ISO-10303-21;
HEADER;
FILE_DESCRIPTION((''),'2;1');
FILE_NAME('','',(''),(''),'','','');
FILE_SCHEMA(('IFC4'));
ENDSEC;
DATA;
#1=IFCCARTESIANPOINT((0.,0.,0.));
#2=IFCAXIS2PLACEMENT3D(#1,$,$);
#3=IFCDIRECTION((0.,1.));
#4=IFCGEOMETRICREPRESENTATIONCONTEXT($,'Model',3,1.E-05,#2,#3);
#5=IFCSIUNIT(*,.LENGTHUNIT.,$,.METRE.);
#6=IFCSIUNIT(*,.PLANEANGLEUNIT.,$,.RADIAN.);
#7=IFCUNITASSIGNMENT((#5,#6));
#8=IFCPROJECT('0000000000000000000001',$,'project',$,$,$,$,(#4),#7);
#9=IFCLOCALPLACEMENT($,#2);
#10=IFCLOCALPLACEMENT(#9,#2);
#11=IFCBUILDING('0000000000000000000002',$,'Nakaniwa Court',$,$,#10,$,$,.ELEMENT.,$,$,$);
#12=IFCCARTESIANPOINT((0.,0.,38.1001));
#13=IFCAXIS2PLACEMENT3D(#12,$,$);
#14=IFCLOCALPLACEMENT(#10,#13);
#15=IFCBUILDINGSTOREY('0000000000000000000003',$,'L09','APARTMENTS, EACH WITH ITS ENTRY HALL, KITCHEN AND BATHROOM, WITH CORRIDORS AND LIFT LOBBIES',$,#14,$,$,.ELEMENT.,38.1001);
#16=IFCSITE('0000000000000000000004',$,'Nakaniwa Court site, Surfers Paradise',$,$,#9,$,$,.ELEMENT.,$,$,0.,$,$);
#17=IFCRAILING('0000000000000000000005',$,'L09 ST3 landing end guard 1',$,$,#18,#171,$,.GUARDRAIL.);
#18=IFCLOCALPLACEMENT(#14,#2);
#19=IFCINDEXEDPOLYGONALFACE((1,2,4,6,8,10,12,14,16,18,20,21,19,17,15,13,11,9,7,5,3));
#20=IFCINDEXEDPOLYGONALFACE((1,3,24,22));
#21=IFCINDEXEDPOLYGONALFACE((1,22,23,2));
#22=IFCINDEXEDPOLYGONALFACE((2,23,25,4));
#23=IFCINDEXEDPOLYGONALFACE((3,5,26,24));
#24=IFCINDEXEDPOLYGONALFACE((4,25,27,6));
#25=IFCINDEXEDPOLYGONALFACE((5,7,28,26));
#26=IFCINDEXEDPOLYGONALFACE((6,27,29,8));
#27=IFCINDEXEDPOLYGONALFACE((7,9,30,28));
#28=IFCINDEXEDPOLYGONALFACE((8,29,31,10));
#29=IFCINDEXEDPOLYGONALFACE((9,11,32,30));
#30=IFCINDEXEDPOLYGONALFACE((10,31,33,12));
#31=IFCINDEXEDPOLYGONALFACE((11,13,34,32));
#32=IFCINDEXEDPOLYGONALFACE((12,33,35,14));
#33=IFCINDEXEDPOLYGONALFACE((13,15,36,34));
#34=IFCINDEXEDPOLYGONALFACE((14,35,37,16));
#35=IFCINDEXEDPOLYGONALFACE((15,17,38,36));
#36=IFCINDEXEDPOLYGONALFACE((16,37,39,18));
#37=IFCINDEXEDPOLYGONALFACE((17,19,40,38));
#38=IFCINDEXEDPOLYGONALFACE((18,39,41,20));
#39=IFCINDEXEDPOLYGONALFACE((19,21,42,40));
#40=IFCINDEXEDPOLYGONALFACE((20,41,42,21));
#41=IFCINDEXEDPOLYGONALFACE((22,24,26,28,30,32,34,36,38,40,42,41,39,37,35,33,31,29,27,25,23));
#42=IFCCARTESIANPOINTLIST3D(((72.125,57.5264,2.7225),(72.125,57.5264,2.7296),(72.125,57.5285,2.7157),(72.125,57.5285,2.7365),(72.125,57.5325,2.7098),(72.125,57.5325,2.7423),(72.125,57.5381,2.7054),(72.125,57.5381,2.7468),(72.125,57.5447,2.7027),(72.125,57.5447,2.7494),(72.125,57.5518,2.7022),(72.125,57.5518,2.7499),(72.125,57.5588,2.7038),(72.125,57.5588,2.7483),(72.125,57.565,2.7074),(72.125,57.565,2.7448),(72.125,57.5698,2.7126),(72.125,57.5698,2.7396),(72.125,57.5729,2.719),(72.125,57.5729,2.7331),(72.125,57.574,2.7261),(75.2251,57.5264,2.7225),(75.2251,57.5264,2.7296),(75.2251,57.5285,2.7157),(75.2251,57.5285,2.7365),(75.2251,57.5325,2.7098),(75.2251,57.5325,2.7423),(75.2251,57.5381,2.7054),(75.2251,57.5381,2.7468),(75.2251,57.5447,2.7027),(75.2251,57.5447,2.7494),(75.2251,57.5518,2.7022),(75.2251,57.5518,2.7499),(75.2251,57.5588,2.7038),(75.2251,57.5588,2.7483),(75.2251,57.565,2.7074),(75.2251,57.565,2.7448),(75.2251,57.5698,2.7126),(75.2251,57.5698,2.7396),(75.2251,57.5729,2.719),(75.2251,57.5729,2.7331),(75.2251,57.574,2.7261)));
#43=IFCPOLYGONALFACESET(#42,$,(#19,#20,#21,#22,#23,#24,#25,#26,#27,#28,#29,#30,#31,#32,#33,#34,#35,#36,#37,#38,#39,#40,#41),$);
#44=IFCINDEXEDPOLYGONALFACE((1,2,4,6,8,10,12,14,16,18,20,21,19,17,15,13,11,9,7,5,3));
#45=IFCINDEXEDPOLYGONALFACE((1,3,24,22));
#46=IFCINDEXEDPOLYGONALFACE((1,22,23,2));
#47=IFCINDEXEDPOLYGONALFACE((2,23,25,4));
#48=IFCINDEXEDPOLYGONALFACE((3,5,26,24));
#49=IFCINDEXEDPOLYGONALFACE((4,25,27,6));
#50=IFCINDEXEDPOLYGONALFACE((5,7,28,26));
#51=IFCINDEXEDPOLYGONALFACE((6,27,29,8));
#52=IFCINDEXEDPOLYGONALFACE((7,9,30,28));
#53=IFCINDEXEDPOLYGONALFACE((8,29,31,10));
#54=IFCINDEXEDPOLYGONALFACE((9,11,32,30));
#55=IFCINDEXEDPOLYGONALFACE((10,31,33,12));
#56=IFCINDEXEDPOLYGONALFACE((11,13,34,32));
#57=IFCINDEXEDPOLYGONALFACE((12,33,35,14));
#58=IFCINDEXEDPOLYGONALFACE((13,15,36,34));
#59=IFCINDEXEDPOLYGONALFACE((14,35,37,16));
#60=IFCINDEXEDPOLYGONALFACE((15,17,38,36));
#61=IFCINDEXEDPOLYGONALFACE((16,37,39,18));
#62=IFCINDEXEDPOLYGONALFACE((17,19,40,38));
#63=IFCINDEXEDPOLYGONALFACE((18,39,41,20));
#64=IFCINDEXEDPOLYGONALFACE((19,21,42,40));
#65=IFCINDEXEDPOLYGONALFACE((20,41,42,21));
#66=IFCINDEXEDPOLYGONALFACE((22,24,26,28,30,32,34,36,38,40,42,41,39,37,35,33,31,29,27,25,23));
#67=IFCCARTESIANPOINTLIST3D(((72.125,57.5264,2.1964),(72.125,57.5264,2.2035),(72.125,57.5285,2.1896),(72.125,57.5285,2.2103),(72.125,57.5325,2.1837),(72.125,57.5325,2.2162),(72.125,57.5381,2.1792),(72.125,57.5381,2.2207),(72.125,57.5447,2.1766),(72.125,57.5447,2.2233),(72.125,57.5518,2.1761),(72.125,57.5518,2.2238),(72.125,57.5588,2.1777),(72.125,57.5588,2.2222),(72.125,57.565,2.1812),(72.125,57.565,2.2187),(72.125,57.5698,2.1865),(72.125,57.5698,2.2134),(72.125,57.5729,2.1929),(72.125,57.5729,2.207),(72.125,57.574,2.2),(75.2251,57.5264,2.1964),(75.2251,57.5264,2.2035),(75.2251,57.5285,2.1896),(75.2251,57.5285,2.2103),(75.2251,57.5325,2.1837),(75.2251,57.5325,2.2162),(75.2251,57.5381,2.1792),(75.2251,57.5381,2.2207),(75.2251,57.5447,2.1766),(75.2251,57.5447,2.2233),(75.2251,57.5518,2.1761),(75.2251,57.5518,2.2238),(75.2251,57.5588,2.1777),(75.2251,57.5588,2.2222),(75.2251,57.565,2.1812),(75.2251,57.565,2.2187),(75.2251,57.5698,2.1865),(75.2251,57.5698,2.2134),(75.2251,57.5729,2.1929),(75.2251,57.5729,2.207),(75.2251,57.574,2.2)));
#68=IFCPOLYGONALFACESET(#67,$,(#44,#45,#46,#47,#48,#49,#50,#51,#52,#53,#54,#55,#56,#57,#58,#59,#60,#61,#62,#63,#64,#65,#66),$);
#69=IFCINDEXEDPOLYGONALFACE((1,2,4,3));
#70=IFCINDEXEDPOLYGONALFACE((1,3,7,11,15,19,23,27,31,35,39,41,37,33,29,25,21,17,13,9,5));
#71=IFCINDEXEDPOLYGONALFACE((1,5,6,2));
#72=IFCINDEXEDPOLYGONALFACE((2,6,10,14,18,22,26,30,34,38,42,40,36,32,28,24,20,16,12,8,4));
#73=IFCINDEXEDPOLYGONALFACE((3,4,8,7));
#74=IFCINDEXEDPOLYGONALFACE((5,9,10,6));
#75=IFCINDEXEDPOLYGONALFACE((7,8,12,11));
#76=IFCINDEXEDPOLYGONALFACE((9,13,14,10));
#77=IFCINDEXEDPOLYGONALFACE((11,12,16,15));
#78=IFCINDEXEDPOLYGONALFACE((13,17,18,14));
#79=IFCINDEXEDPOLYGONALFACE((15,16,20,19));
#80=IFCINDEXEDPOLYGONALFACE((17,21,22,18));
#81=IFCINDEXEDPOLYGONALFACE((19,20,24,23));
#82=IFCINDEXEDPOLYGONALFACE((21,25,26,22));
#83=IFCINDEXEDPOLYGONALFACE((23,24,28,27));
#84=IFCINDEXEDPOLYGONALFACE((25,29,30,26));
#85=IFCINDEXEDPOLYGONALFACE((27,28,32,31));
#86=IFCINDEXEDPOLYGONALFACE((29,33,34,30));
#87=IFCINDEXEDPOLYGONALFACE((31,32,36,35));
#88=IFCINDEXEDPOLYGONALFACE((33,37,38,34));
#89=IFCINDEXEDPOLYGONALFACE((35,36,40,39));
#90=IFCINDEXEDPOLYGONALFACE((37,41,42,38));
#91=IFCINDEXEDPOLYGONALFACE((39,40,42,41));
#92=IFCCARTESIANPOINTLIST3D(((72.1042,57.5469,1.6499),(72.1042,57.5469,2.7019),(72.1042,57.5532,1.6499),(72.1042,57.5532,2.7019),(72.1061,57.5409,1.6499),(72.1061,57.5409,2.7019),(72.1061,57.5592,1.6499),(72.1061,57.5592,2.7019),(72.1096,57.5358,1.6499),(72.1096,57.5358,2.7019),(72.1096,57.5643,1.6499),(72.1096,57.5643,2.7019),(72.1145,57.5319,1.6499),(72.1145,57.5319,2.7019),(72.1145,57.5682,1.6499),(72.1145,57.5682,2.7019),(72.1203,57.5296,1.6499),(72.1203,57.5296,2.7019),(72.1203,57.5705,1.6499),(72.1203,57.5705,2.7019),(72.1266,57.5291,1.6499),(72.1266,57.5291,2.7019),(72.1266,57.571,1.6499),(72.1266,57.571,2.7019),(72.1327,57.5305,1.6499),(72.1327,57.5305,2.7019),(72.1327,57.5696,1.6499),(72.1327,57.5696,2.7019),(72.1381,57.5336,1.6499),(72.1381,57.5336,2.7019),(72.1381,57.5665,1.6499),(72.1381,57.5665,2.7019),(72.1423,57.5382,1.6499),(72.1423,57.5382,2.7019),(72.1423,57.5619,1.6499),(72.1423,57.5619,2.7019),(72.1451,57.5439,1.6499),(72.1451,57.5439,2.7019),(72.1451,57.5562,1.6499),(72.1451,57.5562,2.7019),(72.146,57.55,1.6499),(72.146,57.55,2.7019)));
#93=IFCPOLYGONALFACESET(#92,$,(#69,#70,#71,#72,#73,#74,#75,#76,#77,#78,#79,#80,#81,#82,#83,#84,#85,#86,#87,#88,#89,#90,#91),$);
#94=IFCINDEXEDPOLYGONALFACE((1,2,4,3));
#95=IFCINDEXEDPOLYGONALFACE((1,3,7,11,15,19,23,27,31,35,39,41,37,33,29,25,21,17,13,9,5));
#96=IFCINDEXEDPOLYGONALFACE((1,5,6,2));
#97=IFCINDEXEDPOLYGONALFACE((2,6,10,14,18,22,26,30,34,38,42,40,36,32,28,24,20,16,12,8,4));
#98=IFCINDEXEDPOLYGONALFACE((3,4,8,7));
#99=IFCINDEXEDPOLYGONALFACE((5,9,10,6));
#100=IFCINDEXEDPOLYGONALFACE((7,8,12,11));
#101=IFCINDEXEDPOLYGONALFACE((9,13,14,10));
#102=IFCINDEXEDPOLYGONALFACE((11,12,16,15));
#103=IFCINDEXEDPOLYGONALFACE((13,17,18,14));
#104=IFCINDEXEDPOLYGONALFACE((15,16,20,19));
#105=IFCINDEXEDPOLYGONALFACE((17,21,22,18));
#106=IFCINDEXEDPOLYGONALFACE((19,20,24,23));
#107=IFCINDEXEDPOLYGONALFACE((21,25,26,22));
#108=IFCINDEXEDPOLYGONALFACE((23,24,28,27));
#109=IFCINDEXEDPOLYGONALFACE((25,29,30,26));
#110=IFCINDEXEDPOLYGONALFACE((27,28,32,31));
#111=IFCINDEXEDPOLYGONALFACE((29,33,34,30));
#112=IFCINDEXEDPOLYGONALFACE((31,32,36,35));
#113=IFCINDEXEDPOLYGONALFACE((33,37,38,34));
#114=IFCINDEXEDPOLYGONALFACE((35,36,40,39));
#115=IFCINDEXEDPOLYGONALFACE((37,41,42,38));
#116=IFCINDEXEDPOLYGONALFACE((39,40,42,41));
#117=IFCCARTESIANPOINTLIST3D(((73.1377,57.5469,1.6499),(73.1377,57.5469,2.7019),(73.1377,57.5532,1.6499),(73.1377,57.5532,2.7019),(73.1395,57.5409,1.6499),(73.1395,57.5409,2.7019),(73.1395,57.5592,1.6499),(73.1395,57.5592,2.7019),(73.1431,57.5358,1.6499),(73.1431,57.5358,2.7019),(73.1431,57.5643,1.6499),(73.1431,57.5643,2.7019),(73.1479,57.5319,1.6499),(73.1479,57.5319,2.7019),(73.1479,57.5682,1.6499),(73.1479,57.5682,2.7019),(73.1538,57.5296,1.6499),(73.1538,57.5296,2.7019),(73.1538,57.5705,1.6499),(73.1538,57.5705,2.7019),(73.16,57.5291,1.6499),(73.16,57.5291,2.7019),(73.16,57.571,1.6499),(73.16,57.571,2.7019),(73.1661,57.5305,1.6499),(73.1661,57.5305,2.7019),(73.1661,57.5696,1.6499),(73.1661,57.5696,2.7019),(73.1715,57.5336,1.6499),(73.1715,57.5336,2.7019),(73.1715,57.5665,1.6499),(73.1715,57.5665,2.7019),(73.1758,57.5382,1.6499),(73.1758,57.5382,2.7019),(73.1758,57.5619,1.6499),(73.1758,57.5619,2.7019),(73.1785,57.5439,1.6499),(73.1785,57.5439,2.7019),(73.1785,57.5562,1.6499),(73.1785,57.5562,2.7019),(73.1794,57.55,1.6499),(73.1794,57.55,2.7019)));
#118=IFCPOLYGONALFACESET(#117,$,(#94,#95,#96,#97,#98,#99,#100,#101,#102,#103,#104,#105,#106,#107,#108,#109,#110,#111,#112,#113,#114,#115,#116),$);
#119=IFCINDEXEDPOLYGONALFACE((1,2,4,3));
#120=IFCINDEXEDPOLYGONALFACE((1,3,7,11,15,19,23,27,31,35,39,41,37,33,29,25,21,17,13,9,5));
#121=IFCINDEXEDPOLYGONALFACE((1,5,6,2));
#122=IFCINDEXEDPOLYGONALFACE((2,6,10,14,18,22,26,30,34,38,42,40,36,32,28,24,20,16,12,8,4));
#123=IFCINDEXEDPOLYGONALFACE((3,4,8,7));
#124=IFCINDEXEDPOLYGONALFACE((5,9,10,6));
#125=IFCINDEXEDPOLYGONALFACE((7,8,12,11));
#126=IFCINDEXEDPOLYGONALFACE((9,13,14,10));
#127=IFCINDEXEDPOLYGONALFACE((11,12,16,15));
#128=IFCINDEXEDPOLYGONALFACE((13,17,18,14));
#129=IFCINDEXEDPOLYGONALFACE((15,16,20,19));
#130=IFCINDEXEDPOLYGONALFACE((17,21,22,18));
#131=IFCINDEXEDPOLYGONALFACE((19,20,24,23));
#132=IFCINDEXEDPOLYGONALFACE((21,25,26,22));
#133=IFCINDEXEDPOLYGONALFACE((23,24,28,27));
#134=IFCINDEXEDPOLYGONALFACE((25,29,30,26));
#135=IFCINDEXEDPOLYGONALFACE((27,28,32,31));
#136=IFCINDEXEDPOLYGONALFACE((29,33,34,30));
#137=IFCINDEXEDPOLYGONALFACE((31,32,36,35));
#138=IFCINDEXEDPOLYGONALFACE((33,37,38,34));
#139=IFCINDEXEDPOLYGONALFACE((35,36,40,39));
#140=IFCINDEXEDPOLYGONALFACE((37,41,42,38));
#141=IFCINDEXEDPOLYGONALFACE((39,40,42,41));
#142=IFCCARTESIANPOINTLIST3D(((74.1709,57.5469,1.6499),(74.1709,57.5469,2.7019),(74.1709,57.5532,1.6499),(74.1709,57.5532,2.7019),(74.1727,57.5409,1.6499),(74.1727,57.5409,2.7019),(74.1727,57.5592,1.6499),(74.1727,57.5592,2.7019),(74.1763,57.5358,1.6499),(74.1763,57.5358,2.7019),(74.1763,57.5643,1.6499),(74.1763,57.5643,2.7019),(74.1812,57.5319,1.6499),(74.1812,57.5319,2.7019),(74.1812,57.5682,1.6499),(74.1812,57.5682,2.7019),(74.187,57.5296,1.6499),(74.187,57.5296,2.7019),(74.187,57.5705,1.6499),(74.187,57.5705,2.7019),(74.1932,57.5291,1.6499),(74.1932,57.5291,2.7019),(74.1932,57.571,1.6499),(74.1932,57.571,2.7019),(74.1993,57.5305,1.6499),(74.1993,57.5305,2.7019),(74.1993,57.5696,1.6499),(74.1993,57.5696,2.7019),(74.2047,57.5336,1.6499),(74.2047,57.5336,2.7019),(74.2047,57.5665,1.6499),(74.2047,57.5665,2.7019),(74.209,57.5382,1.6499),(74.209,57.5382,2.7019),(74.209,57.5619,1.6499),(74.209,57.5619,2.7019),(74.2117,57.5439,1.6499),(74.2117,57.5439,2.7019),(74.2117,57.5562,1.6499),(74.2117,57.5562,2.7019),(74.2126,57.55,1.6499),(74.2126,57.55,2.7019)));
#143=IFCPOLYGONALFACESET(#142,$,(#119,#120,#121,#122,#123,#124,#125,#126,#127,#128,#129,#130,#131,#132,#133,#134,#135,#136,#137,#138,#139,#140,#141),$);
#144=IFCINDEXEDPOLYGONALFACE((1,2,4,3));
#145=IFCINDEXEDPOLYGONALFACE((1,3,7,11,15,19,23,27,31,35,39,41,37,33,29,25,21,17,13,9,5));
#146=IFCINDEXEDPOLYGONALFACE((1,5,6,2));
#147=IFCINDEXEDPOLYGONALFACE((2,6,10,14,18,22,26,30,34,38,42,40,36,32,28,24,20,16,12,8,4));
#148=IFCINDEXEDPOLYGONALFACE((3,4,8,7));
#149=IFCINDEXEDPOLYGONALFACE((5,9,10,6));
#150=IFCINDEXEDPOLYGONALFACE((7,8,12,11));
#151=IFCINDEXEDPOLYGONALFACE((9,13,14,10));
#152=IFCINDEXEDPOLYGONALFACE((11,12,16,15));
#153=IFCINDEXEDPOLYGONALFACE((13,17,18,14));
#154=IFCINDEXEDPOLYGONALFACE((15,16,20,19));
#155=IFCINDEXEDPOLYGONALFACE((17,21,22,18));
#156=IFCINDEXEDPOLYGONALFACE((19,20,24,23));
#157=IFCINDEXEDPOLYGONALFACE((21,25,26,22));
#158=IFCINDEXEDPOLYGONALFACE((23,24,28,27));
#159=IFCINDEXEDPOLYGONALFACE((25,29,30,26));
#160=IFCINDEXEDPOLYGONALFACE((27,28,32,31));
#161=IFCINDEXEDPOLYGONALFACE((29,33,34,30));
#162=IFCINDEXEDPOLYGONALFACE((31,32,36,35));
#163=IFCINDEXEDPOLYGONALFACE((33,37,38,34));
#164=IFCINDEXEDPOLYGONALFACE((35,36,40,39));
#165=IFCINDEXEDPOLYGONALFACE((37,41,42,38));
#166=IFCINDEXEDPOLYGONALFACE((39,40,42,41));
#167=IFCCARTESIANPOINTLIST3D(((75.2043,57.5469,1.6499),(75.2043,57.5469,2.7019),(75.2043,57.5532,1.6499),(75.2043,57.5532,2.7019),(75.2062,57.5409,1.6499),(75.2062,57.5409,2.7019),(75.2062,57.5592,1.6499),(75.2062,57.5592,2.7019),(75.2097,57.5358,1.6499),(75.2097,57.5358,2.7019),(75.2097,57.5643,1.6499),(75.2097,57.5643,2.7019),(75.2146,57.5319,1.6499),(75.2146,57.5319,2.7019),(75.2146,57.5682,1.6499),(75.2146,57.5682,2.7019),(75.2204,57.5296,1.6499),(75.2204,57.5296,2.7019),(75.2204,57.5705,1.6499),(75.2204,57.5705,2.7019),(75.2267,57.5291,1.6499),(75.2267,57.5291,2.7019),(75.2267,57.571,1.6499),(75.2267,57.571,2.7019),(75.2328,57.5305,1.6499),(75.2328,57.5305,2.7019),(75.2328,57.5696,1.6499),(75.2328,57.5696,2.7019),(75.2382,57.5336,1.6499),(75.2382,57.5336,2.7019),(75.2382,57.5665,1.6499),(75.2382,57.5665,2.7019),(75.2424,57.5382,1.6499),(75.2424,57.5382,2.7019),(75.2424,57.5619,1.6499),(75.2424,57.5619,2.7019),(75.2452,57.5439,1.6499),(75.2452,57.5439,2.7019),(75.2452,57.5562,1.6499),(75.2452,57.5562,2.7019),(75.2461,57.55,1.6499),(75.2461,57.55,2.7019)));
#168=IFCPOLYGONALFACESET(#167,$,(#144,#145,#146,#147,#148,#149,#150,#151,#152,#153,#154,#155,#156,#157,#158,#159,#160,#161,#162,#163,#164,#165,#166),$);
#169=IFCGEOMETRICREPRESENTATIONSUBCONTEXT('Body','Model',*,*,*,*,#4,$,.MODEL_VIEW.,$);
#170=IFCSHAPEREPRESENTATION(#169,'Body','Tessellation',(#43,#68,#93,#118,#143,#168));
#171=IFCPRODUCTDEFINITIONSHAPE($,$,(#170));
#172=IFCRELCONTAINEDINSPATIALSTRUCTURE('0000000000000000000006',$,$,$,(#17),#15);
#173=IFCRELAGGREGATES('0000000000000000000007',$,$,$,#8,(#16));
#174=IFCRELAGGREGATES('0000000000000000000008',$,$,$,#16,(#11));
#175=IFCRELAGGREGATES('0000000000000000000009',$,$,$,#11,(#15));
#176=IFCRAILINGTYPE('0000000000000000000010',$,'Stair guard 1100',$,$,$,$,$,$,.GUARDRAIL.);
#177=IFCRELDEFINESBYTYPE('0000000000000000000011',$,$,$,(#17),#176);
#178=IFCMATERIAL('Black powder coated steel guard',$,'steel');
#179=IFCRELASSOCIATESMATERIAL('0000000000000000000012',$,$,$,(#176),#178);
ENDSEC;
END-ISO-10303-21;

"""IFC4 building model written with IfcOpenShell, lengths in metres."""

from ifc_helpers import new_model, si_unit, direction, frame, origin, origin_2d, place, context, subcontext, project, spatial, circle, extrude, material, type_object, element, save


model = new_model("IFC4")

# Units and contexts
model_context = context("Model", 3, precision=1e-05, world=origin(), true_north=direction((0.0, 1.0)))
body_context = subcontext(model_context, "Body", "Model", "MODEL_VIEW")
ifc_project = project(units=[si_unit("LENGTHUNIT", "METRE"), si_unit("PLANEANGLEUNIT", "RADIAN")], contexts=[model_context])

# Site, building, storey
site_placement = place(None, origin())
site = spatial("IfcSite", under=ifc_project, at=site_placement, Name="Nakaniwa Court site, Surfers Paradise", CompositionType="ELEMENT", RefElevation=0.0)
building_placement = place(site_placement, origin())
building = spatial("IfcBuilding", under=site, at=building_placement, Name="Nakaniwa Court", CompositionType="ELEMENT")
storey_placement = place(building_placement, frame((0.0, 0.0, 38.1001)))
storey = spatial("IfcBuildingStorey", under=building, at=storey_placement, Name="L09", Description="APARTMENTS, EACH WITH ITS ENTRY HALL, KITCHEN AND BATHROOM, WITH CORRIDORS AND LIFT LOBBIES", CompositionType="ELEMENT", Elevation=38.1001)

# Railing
ifc_material_1 = material(Name="Black powder coated steel guard", Category="steel")
railing_type_1 = type_object("IfcRailingType", Name="Stair guard 1100", PredefinedType="GUARDRAIL", material=ifc_material_1)
railing_1_placement = place(storey_placement, frame((72.125, 57.55, 1.6499)))
element("IfcRailing", 1, at=railing_1_placement, inside=storey, type_object=railing_type_1, Name="L09 ST3 landing end guard 1", PredefinedType="GUARDRAIL", context=body_context, shape_type="SweptSolid", body=[
    extrude(circle(Radius=0.0239, at=origin_2d()), frame((0.0, 0.0, 1.0762), z_axis=(1.0, 0.0, 0.0), x_axis=(0.0, 1.0, 0.0)), (0.0, 0.0, 1.0), 3.1001),
    extrude(circle(Radius=0.0239, at=origin_2d()), frame((0.0, 0.0, 0.55), z_axis=(1.0, 0.0, 0.0), x_axis=(0.0, 1.0, 0.0)), (0.0, 0.0, 1.0), 3.1001),
    extrude(circle(Radius=0.021, at=origin_2d()), origin(), (0.0, 0.0, 1.0), 1.052),
    extrude(circle(Radius=0.021, at=origin_2d()), frame((1.0334, 0.0, 0.0)), (0.0, 0.0, 1.0), 1.052),
    extrude(circle(Radius=0.021, at=origin_2d()), frame((2.0667, 0.0, 0.0)), (0.0, 0.0, 1.0), 1.052),
    extrude(circle(Radius=0.021, at=origin_2d()), frame((3.1001, 0.0, 0.0)), (0.0, 0.0, 1.0), 1.052),
])

save(model, "model.ifc")
